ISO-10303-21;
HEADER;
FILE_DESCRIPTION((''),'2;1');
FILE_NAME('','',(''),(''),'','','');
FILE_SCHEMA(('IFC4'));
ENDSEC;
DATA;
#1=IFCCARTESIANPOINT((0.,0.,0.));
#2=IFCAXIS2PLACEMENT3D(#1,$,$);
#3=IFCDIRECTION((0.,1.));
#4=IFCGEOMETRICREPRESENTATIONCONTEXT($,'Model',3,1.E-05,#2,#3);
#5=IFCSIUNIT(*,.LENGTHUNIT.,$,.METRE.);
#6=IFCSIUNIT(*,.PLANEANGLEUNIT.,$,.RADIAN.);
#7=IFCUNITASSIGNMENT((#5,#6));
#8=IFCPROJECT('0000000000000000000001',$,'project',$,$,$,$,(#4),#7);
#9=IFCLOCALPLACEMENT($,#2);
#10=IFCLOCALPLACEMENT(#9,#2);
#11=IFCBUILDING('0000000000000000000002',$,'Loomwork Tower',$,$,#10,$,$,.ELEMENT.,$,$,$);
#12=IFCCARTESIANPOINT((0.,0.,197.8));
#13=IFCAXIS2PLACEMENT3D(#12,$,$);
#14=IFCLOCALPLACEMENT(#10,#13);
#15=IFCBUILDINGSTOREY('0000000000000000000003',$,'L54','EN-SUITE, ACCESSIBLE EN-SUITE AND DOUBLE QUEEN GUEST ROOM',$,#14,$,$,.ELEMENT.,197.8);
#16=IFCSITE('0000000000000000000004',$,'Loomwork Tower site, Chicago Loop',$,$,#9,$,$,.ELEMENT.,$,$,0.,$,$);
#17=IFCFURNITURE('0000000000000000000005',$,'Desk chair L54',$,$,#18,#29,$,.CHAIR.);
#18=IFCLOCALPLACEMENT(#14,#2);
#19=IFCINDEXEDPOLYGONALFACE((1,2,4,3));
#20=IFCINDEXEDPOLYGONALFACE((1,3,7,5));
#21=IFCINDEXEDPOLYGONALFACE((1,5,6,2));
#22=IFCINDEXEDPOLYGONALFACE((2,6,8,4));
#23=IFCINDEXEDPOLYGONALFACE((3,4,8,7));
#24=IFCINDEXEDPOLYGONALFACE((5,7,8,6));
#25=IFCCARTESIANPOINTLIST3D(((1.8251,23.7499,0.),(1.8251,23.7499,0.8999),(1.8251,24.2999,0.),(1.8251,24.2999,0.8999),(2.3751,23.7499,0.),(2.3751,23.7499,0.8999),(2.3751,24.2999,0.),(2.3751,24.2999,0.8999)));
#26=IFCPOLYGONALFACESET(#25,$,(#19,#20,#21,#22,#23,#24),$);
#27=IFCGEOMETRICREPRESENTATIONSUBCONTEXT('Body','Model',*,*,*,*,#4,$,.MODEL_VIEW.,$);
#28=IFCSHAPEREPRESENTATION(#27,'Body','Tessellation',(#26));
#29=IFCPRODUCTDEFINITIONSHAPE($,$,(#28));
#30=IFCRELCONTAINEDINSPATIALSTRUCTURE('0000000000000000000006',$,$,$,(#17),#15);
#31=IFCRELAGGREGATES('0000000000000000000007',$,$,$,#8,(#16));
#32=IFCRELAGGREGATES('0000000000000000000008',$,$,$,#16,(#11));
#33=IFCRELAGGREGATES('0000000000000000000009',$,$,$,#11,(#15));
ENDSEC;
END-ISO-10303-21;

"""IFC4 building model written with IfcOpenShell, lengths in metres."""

from ifc_helpers import new_model, si_unit, direction, frame, origin, origin_2d, place, context, subcontext, project, spatial, rectangle, extrude, element, save


model = new_model("IFC4")

# Units and contexts
model_context = context("Model", 3, precision=1e-05, world=origin(), true_north=direction((0.0, 1.0)))
body_context = subcontext(model_context, "Body", "Model", "MODEL_VIEW")
ifc_project = project(units=[si_unit("LENGTHUNIT", "METRE"), si_unit("PLANEANGLEUNIT", "RADIAN")], contexts=[model_context])

# Site, building, storey
site_placement = place(None, origin())
site = spatial("IfcSite", under=ifc_project, at=site_placement, Name="Loomwork Tower site, Chicago Loop", CompositionType="ELEMENT", RefElevation=0.0)
building_placement = place(site_placement, origin())
building = spatial("IfcBuilding", under=site, at=building_placement, Name="Loomwork Tower", CompositionType="ELEMENT")
storey_placement = place(building_placement, frame((0.0, 0.0, 197.8)))
storey = spatial("IfcBuildingStorey", under=building, at=storey_placement, Name="L54", Description="EN-SUITE, ACCESSIBLE EN-SUITE AND DOUBLE QUEEN GUEST ROOM", CompositionType="ELEMENT", Elevation=197.8)

# Furniture
furniture_1_placement = place(storey_placement, frame((2.1001, 24.0249, 0.0), z_axis=(0.0, 0.0, 1.0), x_axis=(1.0, 0.0, 0.0)))
element("IfcFurniture", 1, at=furniture_1_placement, inside=storey, Name="Desk chair L54", PredefinedType="CHAIR", context=body_context, shape_type="SweptSolid", body=[
    extrude(rectangle(XDim=0.55, YDim=0.55, at=origin_2d()), origin(), (0.0, 0.0, 1.0), 0.8999),
])

save(model, "model.ifc")
